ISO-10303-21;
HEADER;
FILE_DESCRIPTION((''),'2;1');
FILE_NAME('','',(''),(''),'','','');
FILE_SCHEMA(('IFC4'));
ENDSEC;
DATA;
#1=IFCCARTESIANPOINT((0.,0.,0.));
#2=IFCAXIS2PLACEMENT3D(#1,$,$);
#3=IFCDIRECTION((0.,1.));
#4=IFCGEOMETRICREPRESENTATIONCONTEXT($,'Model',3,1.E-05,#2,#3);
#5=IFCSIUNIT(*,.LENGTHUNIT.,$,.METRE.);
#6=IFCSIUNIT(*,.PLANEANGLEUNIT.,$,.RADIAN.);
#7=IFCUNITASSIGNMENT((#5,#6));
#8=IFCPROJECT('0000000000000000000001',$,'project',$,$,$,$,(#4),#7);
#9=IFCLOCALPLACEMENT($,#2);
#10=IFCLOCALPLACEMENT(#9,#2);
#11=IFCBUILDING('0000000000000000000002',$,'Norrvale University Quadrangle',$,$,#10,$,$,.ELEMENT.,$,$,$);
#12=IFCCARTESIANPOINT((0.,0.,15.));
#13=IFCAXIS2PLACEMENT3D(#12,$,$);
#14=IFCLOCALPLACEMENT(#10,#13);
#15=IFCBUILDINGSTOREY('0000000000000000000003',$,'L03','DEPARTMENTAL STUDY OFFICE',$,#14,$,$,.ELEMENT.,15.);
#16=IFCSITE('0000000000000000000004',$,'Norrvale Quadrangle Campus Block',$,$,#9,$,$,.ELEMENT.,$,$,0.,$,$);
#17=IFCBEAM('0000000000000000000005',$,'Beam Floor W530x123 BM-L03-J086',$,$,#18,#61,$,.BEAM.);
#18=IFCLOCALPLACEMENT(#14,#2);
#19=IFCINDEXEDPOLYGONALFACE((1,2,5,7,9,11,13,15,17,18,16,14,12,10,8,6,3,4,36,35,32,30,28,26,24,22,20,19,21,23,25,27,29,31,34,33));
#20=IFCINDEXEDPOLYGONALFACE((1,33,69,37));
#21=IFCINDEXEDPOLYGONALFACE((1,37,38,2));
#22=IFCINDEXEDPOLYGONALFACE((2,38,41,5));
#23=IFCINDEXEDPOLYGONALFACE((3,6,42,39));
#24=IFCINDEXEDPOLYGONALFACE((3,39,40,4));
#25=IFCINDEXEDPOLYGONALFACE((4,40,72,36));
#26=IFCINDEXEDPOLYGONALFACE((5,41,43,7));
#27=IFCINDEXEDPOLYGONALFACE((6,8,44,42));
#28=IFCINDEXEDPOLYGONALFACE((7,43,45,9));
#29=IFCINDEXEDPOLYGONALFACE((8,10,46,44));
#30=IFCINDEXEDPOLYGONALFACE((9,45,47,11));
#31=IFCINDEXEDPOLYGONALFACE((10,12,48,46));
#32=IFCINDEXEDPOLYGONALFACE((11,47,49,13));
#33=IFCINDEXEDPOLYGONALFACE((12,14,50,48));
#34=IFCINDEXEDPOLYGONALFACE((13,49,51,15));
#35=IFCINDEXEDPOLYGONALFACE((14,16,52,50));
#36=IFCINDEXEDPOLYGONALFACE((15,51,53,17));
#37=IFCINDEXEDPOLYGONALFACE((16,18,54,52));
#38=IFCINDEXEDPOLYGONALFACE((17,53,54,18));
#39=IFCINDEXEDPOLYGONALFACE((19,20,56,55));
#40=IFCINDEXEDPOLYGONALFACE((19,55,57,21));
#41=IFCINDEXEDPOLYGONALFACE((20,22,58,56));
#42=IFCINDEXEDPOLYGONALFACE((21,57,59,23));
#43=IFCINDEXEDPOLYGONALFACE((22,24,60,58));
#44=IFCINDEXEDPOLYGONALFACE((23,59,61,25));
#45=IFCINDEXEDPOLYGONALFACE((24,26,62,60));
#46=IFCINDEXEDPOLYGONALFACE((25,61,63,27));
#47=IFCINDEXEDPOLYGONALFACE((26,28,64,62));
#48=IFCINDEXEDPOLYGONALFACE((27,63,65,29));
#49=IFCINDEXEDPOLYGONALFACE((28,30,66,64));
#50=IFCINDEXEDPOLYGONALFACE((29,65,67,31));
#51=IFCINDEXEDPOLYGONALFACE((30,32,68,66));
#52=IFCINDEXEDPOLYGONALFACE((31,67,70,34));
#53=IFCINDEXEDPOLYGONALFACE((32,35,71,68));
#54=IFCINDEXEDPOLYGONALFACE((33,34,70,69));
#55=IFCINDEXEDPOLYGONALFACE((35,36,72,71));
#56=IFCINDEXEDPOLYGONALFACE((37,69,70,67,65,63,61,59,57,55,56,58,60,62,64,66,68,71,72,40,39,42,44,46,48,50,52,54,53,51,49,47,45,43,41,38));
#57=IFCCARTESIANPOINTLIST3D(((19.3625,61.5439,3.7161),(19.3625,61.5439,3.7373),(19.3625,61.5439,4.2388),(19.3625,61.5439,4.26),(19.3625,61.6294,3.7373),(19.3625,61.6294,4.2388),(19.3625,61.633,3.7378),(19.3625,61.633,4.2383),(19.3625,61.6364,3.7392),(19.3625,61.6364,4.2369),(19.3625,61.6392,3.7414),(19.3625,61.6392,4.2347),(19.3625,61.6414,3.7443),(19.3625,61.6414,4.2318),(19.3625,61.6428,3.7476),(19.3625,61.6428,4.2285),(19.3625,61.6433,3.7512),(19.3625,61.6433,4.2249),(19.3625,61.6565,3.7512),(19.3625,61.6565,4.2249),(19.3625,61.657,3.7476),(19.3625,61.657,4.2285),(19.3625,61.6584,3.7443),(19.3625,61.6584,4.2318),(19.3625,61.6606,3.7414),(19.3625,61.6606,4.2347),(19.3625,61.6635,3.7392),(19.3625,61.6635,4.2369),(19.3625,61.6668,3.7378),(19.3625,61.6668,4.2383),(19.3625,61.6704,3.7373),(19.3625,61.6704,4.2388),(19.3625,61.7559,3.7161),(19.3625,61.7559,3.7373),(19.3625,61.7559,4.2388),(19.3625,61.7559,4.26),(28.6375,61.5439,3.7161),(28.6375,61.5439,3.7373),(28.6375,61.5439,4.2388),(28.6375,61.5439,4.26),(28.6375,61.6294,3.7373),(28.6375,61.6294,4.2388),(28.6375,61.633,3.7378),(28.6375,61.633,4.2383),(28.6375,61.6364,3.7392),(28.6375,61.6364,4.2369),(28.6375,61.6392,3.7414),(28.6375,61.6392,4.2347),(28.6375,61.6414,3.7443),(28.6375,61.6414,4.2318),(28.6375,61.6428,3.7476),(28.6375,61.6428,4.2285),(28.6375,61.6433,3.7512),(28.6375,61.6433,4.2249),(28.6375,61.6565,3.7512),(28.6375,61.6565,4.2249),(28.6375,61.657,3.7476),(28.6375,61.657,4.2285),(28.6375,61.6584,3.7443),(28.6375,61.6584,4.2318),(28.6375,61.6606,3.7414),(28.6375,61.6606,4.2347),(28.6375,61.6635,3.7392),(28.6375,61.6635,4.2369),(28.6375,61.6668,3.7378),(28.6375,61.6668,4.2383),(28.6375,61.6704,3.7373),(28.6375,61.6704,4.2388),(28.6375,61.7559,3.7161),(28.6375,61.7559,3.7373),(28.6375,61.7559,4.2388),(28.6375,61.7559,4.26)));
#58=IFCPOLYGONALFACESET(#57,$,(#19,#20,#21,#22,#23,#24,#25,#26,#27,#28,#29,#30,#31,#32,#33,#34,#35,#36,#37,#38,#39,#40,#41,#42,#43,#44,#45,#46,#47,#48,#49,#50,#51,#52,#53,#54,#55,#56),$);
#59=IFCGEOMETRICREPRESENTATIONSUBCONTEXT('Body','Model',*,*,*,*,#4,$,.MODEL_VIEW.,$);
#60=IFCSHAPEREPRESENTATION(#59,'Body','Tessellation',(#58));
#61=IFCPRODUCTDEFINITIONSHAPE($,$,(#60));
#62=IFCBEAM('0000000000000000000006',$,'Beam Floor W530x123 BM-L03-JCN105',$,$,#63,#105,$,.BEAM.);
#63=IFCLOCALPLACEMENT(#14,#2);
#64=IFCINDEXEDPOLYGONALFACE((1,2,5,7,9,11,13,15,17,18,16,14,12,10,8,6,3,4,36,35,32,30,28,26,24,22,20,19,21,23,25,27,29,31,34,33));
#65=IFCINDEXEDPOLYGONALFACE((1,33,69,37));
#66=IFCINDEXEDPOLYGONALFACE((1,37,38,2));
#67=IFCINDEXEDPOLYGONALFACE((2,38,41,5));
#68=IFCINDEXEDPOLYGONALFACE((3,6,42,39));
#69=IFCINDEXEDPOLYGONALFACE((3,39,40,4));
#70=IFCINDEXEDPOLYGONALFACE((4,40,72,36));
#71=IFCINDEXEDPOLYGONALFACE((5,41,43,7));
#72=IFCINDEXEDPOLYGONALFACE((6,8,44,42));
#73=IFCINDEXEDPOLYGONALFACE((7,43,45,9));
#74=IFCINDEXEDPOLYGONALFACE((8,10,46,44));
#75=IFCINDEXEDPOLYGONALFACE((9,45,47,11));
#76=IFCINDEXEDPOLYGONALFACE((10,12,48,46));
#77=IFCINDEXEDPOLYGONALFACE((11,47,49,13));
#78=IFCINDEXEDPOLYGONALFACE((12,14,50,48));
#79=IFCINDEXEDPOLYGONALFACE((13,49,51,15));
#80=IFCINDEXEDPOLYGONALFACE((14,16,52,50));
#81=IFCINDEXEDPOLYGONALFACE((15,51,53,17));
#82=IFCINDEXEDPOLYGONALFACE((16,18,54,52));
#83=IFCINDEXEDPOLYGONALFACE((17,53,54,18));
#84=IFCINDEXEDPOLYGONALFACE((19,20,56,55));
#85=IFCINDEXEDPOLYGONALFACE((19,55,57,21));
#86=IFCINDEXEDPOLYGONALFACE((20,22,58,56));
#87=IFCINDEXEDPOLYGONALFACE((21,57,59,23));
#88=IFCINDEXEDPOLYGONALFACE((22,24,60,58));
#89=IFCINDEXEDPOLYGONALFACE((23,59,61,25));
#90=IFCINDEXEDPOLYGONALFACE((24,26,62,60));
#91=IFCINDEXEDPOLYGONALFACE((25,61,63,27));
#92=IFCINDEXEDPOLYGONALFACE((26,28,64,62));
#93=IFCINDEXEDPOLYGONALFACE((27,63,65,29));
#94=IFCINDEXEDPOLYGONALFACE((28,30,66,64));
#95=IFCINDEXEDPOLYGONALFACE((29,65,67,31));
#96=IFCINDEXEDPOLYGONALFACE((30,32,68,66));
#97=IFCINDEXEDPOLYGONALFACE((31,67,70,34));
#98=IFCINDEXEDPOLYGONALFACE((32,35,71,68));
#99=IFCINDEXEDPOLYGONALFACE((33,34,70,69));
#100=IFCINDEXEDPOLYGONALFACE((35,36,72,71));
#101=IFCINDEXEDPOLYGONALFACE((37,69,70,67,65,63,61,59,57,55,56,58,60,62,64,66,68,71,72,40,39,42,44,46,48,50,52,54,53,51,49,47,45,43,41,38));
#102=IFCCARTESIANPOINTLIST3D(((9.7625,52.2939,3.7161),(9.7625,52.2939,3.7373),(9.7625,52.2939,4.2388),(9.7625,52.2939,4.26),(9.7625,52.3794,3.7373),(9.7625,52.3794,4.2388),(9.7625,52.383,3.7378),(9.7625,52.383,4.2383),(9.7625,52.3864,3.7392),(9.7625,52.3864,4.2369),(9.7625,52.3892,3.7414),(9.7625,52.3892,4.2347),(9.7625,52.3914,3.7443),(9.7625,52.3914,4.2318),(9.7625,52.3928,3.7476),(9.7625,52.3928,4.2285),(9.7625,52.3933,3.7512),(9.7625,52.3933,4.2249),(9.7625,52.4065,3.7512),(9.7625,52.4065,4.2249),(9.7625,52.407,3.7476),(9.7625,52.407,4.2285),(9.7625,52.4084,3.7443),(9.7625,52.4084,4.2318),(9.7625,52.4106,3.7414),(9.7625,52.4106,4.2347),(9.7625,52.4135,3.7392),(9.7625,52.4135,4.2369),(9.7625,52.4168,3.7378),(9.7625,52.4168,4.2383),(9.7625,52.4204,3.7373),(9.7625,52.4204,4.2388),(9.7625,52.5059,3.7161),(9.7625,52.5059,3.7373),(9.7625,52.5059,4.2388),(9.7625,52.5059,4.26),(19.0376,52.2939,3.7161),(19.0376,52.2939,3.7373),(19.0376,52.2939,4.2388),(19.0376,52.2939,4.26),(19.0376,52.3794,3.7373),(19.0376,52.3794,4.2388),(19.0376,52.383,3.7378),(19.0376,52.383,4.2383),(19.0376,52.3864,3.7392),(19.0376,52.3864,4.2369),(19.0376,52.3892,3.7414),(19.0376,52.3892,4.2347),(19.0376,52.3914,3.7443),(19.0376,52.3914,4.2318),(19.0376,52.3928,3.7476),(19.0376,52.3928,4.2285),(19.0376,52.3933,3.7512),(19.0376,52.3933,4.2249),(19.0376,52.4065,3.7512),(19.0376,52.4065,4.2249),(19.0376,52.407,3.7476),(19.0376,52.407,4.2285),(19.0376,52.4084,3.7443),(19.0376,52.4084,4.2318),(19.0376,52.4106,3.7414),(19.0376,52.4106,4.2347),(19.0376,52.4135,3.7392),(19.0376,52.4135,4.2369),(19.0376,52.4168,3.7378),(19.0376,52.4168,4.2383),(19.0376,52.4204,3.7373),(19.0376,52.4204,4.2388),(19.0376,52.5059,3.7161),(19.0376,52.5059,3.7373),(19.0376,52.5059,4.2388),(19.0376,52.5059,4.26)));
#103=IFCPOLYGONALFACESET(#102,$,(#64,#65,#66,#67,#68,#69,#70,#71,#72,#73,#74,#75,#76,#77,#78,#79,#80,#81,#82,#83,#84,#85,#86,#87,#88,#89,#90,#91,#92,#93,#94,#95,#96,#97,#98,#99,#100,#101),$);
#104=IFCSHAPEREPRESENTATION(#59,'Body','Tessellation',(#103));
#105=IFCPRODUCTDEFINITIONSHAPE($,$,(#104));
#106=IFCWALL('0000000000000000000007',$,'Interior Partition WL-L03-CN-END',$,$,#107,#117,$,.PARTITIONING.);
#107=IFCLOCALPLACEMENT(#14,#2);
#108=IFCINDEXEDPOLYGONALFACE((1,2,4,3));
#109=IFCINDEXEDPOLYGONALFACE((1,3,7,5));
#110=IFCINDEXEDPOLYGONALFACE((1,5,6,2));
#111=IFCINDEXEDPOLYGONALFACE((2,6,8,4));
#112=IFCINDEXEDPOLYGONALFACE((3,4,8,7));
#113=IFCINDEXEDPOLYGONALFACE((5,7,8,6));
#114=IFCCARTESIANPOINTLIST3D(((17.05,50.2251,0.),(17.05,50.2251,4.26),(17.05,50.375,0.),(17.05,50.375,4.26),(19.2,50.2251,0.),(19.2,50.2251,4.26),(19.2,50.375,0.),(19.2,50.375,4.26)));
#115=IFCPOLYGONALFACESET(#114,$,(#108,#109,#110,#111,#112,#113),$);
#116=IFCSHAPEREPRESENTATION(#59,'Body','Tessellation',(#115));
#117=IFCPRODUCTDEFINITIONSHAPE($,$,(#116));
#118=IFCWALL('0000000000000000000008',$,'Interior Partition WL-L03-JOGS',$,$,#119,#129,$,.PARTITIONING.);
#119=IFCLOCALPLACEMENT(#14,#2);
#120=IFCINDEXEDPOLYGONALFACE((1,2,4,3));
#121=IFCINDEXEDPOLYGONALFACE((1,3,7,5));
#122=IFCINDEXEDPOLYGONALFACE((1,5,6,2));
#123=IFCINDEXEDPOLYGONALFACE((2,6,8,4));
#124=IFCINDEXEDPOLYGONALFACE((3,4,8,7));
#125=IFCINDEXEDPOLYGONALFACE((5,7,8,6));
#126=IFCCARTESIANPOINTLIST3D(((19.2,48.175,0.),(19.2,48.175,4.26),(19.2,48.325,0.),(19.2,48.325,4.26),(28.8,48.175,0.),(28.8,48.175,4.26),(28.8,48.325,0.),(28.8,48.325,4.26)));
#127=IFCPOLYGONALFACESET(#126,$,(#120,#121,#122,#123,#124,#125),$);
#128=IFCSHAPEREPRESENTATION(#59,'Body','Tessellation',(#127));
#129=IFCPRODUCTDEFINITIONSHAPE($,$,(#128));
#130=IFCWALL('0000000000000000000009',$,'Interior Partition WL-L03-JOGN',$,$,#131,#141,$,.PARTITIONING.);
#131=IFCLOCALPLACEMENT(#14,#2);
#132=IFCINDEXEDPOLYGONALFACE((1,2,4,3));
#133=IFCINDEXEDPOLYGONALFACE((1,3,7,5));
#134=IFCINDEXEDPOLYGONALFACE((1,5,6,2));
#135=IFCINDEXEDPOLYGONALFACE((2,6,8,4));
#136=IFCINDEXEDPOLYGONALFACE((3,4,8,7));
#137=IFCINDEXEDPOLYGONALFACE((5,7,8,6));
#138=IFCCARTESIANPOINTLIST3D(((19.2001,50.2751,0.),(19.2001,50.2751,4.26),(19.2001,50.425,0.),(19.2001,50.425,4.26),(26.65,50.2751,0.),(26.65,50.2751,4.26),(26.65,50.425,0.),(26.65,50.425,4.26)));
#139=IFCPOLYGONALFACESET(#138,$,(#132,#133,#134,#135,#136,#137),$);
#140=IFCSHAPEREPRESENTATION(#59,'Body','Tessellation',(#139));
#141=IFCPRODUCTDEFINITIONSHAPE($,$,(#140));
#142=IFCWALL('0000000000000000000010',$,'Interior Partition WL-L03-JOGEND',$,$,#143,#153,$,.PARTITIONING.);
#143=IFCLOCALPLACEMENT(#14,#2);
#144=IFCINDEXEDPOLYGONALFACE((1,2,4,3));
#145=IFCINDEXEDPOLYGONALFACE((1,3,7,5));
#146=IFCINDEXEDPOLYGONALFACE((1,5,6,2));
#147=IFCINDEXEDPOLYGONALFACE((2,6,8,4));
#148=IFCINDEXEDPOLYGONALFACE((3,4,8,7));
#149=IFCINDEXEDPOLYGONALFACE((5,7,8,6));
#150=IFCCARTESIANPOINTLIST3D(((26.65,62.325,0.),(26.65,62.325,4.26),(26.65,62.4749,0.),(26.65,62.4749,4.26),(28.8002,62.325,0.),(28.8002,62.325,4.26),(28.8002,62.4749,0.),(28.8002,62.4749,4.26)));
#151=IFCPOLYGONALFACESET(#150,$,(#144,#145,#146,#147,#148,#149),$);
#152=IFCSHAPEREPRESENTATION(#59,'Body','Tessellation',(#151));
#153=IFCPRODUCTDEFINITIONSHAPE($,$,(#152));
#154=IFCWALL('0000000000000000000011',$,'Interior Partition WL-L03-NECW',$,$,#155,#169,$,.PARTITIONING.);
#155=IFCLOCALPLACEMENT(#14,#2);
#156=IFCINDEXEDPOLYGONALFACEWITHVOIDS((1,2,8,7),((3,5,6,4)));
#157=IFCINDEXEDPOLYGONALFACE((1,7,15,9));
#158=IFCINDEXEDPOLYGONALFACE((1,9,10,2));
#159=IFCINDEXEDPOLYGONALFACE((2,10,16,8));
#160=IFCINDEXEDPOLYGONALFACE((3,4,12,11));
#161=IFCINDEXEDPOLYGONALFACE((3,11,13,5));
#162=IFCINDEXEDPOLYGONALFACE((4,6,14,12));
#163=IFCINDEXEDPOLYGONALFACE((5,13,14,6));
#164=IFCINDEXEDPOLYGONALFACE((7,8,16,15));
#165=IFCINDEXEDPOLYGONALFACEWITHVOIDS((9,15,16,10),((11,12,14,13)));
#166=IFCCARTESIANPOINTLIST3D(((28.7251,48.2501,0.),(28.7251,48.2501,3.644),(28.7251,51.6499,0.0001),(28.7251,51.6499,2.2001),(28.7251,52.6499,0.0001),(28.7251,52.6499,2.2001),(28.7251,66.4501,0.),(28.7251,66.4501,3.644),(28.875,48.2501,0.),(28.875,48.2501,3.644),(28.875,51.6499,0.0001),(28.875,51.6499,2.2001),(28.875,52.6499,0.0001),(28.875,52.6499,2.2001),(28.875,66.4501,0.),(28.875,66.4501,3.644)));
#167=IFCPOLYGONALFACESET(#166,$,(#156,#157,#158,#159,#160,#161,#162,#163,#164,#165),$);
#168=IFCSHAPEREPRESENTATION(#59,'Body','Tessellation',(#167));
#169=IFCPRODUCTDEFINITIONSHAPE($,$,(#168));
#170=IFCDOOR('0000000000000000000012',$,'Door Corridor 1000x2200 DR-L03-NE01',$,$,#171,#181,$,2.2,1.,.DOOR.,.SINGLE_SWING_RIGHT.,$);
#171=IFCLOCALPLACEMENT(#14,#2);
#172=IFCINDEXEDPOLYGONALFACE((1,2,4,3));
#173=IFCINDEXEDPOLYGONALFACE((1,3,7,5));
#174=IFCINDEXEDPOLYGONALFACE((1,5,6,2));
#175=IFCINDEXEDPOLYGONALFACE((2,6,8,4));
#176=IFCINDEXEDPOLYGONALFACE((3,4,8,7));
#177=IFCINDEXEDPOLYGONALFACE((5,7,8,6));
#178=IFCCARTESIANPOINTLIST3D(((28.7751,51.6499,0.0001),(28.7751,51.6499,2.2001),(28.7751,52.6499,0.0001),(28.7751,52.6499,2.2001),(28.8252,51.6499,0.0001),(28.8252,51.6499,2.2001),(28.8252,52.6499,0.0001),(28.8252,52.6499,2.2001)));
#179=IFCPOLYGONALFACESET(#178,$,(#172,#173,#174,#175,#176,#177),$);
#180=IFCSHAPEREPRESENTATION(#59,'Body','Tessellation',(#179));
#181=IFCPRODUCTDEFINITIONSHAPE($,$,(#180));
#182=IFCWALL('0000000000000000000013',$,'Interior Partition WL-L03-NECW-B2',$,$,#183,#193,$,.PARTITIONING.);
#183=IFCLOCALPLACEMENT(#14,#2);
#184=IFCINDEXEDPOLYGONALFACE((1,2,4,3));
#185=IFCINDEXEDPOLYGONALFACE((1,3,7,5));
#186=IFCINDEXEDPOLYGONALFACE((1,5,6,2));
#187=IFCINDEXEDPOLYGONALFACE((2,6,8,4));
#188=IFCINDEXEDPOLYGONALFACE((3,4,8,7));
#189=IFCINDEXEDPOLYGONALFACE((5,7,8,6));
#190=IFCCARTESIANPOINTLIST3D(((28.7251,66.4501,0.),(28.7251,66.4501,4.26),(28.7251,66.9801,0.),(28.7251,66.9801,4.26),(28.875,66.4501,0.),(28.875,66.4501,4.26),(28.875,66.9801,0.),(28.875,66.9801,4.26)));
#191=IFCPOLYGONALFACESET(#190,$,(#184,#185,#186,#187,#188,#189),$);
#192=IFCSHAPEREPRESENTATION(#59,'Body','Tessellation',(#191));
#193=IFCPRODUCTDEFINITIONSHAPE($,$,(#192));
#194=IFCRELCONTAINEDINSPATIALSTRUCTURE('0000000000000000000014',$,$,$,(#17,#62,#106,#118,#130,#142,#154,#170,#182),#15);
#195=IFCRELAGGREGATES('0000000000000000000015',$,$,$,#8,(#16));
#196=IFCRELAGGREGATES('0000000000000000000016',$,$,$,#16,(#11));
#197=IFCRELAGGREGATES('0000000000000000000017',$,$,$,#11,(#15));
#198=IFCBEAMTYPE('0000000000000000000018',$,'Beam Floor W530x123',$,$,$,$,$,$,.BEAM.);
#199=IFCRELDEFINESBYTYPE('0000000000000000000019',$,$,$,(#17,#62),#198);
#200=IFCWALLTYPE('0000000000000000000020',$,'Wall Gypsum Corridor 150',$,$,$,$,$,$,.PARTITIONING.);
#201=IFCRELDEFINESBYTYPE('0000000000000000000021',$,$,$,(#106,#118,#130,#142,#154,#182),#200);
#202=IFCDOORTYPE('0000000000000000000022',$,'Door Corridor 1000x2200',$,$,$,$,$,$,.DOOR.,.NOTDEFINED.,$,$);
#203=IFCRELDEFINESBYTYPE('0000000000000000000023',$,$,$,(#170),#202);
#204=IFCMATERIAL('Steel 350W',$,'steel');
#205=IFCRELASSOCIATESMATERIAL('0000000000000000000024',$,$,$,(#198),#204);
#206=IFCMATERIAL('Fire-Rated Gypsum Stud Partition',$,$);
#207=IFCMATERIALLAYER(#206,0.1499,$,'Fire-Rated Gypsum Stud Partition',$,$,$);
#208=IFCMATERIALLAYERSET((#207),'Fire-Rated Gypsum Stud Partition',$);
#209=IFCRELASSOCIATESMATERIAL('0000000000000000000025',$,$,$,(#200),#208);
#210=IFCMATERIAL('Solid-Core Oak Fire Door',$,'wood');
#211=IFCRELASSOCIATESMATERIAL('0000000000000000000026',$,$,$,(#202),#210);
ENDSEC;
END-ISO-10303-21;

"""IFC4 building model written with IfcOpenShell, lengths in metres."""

from ifc_helpers import new_model, si_unit, direction, frame, frame_2d, origin, origin_2d, place, context, subcontext, project, spatial, rectangle, i_section, extrude, material, layer, layer_set, material_profile, profile_set, type_object, element, fill, save


model = new_model("IFC4")

# Units and contexts
model_context = context("Model", 3, precision=1e-05, world=origin(), true_north=direction((0.0, 1.0)))
body_context = subcontext(model_context, "Body", "Model", "MODEL_VIEW")
ifc_project = project(units=[si_unit("LENGTHUNIT", "METRE"), si_unit("PLANEANGLEUNIT", "RADIAN")], contexts=[model_context])

# Site, building, storey
site_placement = place(None, origin())
site = spatial("IfcSite", under=ifc_project, at=site_placement, Name="Norrvale Quadrangle Campus Block", CompositionType="ELEMENT", RefElevation=0.0)
building_placement = place(site_placement, origin())
building = spatial("IfcBuilding", under=site, at=building_placement, Name="Norrvale University Quadrangle", CompositionType="ELEMENT")
storey_placement = place(building_placement, frame((0.0, 0.0, 15.0)))
storey = spatial("IfcBuildingStorey", under=building, at=storey_placement, Name="L03", Description="DEPARTMENTAL STUDY OFFICE", CompositionType="ELEMENT", Elevation=15.0)

# Beams
ifc_material_1 = material(Name="Steel 350W", Category="steel")
ifc_material_profile_1 = material_profile(ifc_material_1, i_section(OverallWidth=0.2119, OverallDepth=0.5439, WebThickness=0.0132, FlangeThickness=0.0212, FilletRadius=0.0139, at=origin_2d()), Name="Steel 350W")
ifc_profile_set_1 = profile_set([ifc_material_profile_1], Name="Steel 350W")
beam_type_1 = type_object("IfcBeamType", Name="Beam Floor W530x123", PredefinedType="BEAM", material=ifc_profile_set_1)
for number, where, z_axis, x_axis, name in (
    (1, (19.3625, 61.6499, 3.988), (1.0, 0.0, 0.0), (0.0, 1.0, 0.0), "Beam Floor W530x123 BM-L03-J086"),
):
    element("IfcBeam", number, at=place(storey_placement, frame(where, z_axis=z_axis, x_axis=x_axis)), inside=storey, type_object=beam_type_1, Name=name, PredefinedType="BEAM", context=body_context, shape_type="SweptSolid", body=[
        extrude(i_section(OverallWidth=0.2119, OverallDepth=0.5439, WebThickness=0.0132, FlangeThickness=0.0212, FilletRadius=0.0139, at=origin_2d()), origin(), (0.0, 0.0, 1.0), 9.2749),
    ])
beam_1_placement = place(storey_placement, frame((9.7625, 52.3999, 3.988), z_axis=(1.0, 0.0, 0.0), x_axis=(0.0, 1.0, 0.0)))
element("IfcBeam", 2, at=beam_1_placement, inside=storey, type_object=beam_type_1, Name="Beam Floor W530x123 BM-L03-JCN105", PredefinedType="BEAM", context=body_context, shape_type="SweptSolid", body=[
    extrude(i_section(OverallWidth=0.2119, OverallDepth=0.5439, WebThickness=0.0132, FlangeThickness=0.0212, FilletRadius=0.0139, at=origin_2d()), origin(), (0.0, 0.0, 1.0), 9.2751),
])

# Walls
ifc_material_2 = material(Name="Fire-Rated Gypsum Stud Partition")
ifc_layer_1 = layer(ifc_material_2, 0.1499, Name="Fire-Rated Gypsum Stud Partition")
ifc_layer_set_1 = layer_set([ifc_layer_1], Name="Fire-Rated Gypsum Stud Partition")
wall_type = type_object("IfcWallType", Name="Wall Gypsum Corridor 150", PredefinedType="PARTITIONING", material=ifc_layer_set_1)
wall_1_placement = place(storey_placement, frame((17.05, 50.3, 0.0), z_axis=(0.0, 0.0, 1.0), x_axis=(1.0, 0.0, 0.0)))
element("IfcWall", 3, at=wall_1_placement, inside=storey, type_object=wall_type, Name="Interior Partition WL-L03-CN-END", PredefinedType="PARTITIONING", context=body_context, shape_type="SweptSolid", body=[
    extrude(rectangle(XDim=2.1499, YDim=0.1499, at=frame_2d((1.075, 0.0))), origin(), (0.0, 0.0, 1.0), 4.26),
])
wall_2_placement = place(storey_placement, frame((19.2, 48.25, 0.0), z_axis=(0.0, 0.0, 1.0), x_axis=(1.0, 0.0, 0.0)))
element("IfcWall", 4, at=wall_2_placement, inside=storey, type_object=wall_type, Name="Interior Partition WL-L03-JOGS", PredefinedType="PARTITIONING", context=body_context, shape_type="SweptSolid", body=[
    extrude(rectangle(XDim=9.6001, YDim=0.1499, at=frame_2d((4.8, 0.0))), origin(), (0.0, 0.0, 1.0), 4.26),
])
wall_3_placement = place(storey_placement, frame((19.2, 50.3501, 0.0), z_axis=(0.0, 0.0, 1.0), x_axis=(1.0, 0.0, 0.0)))
element("IfcWall", 5, at=wall_3_placement, inside=storey, type_object=wall_type, Name="Interior Partition WL-L03-JOGN", PredefinedType="PARTITIONING", context=body_context, shape_type="SweptSolid", body=[
    extrude(rectangle(XDim=7.45, YDim=0.1499, at=frame_2d((3.7251, 0.0))), origin(), (0.0, 0.0, 1.0), 4.26),
])
wall_4_placement = place(storey_placement, frame((26.6499, 62.3999, 0.0), z_axis=(0.0, 0.0, 1.0), x_axis=(1.0, 0.0, 0.0)))
element("IfcWall", 6, at=wall_4_placement, inside=storey, type_object=wall_type, Name="Interior Partition WL-L03-JOGEND", PredefinedType="PARTITIONING", context=body_context, shape_type="SweptSolid", body=[
    extrude(rectangle(XDim=2.1501, YDim=0.1499, at=frame_2d((1.0752, 0.0))), origin(), (0.0, 0.0, 1.0), 4.26),
])

# Wall, opening, door
wall_5_placement = place(storey_placement, frame((28.8, 48.25, 0.0), z_axis=(0.0, 0.0, 1.0), x_axis=(0.0, 1.0, 0.0)))
wall_5 = element("IfcWall", 7, at=wall_5_placement, inside=storey, type_object=wall_type, Name="Interior Partition WL-L03-NECW", PredefinedType="PARTITIONING", context=body_context, shape_type="SweptSolid", body=[
    extrude(rectangle(XDim=18.2, YDim=0.1499, at=frame_2d((9.1001, 0.0))), origin(), (0.0, 0.0, 1.0), 3.644),
])
opening_1_placement = place(wall_5_placement, frame((3.3999, 0.0, 0.0)))
opening_1 = element("IfcOpeningElement", 8, at=opening_1_placement, cuts=wall_5, PredefinedType="OPENING", context=body_context, shape_type="SweptSolid", body=[
    extrude(rectangle(XDim=1.0, YDim=2.2, at=frame_2d((0.5, 1.1001))), frame((0.0, 0.0869, 0.0), z_axis=(0.0, -1.0, 0.0), x_axis=(1.0, 0.0, 0.0)), (0.0, 0.0, 1.0), 0.1738),
])
ifc_material_3 = material(Name="Solid-Core Oak Fire Door", Category="wood")
door_type_1 = type_object("IfcDoorType", Name="Door Corridor 1000x2200", OperationType="NOTDEFINED", PredefinedType="DOOR", material=ifc_material_3)
door_1_placement = place(opening_1_placement, origin())
door_1 = element("IfcDoor", 9, at=door_1_placement, inside=storey, type_object=door_type_1, Name="Door Corridor 1000x2200 DR-L03-NE01", OperationType="SINGLE_SWING_RIGHT", OverallHeight=2.2, OverallWidth=1.0, PredefinedType="DOOR", context=body_context, shape_type="SweptSolid", body=[
    extrude(rectangle(XDim=1.0, YDim=2.2, at=frame_2d((0.5, 1.1001))), frame((0.0, 0.0249, 0.0), z_axis=(0.0, -1.0, 0.0), x_axis=(1.0, 0.0, 0.0)), (0.0, 0.0, 1.0), 0.05),
])
fill(opening_1, door_1)

# Wall
wall_6_placement = place(storey_placement, frame((28.8, 66.45, 0.0), z_axis=(0.0, 0.0, 1.0), x_axis=(0.0, 1.0, 0.0)))
element("IfcWall", 10, at=wall_6_placement, inside=storey, type_object=wall_type, Name="Interior Partition WL-L03-NECW-B2", PredefinedType="PARTITIONING", context=body_context, shape_type="SweptSolid", body=[
    extrude(rectangle(XDim=0.53, YDim=0.1499, at=frame_2d((0.2651, 0.0))), origin(), (0.0, 0.0, 1.0), 4.26),
])

save(model, "model.ifc")
